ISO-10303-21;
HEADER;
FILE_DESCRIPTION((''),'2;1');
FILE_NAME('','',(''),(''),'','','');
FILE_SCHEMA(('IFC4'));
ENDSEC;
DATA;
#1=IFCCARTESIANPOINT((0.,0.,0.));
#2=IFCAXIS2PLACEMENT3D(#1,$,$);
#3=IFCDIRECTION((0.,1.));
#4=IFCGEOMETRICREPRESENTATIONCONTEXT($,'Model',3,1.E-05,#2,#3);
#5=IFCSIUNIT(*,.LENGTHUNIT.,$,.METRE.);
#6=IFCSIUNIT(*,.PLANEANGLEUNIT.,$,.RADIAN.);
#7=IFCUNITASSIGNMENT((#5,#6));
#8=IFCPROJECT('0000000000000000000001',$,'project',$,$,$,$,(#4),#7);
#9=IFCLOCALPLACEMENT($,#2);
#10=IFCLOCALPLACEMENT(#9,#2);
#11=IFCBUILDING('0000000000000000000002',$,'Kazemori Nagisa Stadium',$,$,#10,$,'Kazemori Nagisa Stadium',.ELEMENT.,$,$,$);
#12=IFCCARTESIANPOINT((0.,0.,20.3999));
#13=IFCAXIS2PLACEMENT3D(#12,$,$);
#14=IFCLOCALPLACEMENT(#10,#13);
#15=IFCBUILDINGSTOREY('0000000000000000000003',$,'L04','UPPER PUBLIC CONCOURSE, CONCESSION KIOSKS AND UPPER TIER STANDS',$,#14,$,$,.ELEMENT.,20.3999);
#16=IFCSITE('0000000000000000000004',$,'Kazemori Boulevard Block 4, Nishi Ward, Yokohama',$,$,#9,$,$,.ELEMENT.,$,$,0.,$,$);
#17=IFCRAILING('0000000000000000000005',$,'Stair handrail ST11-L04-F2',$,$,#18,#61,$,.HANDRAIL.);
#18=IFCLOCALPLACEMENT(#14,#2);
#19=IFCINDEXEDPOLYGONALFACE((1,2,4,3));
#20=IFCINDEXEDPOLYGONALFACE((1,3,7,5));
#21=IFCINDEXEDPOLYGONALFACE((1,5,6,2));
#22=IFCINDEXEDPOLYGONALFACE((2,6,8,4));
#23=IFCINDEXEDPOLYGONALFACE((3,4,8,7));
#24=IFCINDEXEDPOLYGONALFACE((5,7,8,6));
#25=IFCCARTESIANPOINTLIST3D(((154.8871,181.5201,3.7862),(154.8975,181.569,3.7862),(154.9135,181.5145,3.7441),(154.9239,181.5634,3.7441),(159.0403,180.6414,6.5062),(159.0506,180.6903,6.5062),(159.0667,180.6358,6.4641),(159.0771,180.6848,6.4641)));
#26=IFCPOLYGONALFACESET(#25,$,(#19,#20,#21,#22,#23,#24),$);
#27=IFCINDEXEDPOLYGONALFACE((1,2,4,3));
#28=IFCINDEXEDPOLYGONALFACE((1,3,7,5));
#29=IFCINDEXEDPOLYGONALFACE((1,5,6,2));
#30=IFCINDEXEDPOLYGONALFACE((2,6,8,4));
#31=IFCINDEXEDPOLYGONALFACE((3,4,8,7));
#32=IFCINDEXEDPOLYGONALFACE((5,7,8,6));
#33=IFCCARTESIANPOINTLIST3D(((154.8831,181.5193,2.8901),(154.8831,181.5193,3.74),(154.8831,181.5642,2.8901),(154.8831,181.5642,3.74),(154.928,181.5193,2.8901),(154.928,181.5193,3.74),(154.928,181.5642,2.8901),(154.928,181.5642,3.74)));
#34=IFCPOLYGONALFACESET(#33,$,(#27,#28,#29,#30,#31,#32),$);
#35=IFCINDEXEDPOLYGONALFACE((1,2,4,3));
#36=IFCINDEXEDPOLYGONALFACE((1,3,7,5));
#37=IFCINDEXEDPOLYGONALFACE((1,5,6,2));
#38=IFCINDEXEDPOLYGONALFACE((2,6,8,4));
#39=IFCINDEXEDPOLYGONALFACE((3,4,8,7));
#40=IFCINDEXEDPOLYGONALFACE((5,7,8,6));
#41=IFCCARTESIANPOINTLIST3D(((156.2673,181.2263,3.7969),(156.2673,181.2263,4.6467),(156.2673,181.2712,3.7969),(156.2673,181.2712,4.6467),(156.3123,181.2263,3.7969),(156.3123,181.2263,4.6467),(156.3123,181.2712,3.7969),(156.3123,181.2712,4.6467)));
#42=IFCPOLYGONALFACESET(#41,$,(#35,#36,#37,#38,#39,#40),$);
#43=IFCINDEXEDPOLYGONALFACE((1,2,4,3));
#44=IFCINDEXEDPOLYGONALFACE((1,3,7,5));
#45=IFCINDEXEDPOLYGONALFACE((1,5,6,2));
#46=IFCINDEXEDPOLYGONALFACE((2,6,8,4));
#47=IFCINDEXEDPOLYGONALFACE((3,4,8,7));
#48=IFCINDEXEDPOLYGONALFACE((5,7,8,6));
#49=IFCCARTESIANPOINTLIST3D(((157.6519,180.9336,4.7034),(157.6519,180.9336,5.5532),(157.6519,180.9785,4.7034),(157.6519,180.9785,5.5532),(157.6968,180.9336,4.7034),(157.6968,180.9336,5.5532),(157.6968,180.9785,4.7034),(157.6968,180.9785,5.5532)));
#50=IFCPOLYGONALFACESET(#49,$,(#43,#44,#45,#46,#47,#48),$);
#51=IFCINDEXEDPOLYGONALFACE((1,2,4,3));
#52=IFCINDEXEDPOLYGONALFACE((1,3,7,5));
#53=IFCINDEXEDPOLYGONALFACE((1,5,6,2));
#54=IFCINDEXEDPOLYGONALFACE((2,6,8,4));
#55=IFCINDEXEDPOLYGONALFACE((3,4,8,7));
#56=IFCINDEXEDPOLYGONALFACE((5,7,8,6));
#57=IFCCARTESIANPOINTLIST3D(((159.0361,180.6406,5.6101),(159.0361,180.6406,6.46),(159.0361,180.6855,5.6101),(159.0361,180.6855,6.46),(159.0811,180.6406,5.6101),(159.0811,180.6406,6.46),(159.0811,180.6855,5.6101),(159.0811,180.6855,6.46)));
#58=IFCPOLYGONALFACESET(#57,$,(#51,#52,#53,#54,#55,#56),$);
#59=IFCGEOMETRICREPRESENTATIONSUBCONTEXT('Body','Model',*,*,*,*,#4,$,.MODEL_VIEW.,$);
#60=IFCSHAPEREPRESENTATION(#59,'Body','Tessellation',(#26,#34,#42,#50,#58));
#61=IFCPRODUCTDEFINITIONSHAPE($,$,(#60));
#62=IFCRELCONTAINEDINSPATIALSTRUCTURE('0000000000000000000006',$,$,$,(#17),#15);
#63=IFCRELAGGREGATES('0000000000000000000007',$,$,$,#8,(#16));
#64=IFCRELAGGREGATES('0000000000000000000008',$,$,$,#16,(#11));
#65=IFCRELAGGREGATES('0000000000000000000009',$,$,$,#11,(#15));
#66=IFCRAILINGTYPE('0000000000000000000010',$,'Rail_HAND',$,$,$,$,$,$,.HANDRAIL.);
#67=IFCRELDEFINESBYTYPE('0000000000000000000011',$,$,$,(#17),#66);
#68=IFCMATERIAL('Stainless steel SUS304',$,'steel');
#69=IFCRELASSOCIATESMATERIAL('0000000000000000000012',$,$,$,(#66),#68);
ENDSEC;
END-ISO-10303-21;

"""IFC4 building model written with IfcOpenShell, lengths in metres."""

from ifc_helpers import new_model, si_unit, direction, frame, origin, origin_2d, place, context, subcontext, project, spatial, rectangle, extrude, material, type_object, element, save


model = new_model("IFC4")

# Units and contexts
model_context = context("Model", 3, precision=1e-05, world=origin(), true_north=direction((0.0, 1.0)))
body_context = subcontext(model_context, "Body", "Model", "MODEL_VIEW")
ifc_project = project(units=[si_unit("LENGTHUNIT", "METRE"), si_unit("PLANEANGLEUNIT", "RADIAN")], contexts=[model_context])

# Site, building, storey
site_placement = place(None, origin())
site = spatial("IfcSite", under=ifc_project, at=site_placement, Name="Kazemori Boulevard Block 4, Nishi Ward, Yokohama", CompositionType="ELEMENT", RefElevation=0.0)
building_placement = place(site_placement, origin())
building = spatial("IfcBuilding", under=site, at=building_placement, Name="Kazemori Nagisa Stadium", LongName="Kazemori Nagisa Stadium", CompositionType="ELEMENT")
storey_placement = place(building_placement, frame((0.0, 0.0, 20.3999)))
storey = spatial("IfcBuildingStorey", under=building, at=storey_placement, Name="L04", Description="UPPER PUBLIC CONCOURSE, CONCESSION KIOSKS AND UPPER TIER STANDS", CompositionType="ELEMENT", Elevation=20.3999)

# Shared definitions
ifc_material_1 = material(Name="Stainless steel SUS304", Category="steel")

# Railing
railing_type_1 = type_object("IfcRailingType", Name="Rail_HAND", PredefinedType="HANDRAIL", material=ifc_material_1)
railing_1_placement = place(storey_placement, frame((154.9055, 181.5417, 2.8901)))
element("IfcRailing", 1, at=railing_1_placement, inside=storey, type_object=railing_type_1, Name="Stair handrail ST11-L04-F2", PredefinedType="HANDRAIL", context=body_context, shape_type="SweptSolid", body=[
    extrude(rectangle(XDim=0.05, YDim=0.05, at=origin_2d()), frame((0.0, 0.0, 0.875), z_axis=(0.823752, -0.17428, 0.539499), x_axis=(0.206987, 0.978344, 0.0)), (0.0, 0.0, 1.0), 5.0417),
    extrude(rectangle(XDim=0.0449, YDim=0.0449, at=origin_2d()), origin(), (0.0, 0.0, 1.0), 0.8499),
    extrude(rectangle(XDim=0.0449, YDim=0.0449, at=origin_2d()), frame((1.3843, -0.293, 0.9067)), (0.0, 0.0, 1.0), 0.8499),
    extrude(rectangle(XDim=0.0449, YDim=0.0449, at=origin_2d()), frame((2.7688, -0.5857, 1.8132)), (0.0, 0.0, 1.0), 0.8499),
    extrude(rectangle(XDim=0.0449, YDim=0.0449, at=origin_2d()), frame((4.1531, -0.8787, 2.72)), (0.0, 0.0, 1.0), 0.8499),
])

save(model, "model.ifc")
